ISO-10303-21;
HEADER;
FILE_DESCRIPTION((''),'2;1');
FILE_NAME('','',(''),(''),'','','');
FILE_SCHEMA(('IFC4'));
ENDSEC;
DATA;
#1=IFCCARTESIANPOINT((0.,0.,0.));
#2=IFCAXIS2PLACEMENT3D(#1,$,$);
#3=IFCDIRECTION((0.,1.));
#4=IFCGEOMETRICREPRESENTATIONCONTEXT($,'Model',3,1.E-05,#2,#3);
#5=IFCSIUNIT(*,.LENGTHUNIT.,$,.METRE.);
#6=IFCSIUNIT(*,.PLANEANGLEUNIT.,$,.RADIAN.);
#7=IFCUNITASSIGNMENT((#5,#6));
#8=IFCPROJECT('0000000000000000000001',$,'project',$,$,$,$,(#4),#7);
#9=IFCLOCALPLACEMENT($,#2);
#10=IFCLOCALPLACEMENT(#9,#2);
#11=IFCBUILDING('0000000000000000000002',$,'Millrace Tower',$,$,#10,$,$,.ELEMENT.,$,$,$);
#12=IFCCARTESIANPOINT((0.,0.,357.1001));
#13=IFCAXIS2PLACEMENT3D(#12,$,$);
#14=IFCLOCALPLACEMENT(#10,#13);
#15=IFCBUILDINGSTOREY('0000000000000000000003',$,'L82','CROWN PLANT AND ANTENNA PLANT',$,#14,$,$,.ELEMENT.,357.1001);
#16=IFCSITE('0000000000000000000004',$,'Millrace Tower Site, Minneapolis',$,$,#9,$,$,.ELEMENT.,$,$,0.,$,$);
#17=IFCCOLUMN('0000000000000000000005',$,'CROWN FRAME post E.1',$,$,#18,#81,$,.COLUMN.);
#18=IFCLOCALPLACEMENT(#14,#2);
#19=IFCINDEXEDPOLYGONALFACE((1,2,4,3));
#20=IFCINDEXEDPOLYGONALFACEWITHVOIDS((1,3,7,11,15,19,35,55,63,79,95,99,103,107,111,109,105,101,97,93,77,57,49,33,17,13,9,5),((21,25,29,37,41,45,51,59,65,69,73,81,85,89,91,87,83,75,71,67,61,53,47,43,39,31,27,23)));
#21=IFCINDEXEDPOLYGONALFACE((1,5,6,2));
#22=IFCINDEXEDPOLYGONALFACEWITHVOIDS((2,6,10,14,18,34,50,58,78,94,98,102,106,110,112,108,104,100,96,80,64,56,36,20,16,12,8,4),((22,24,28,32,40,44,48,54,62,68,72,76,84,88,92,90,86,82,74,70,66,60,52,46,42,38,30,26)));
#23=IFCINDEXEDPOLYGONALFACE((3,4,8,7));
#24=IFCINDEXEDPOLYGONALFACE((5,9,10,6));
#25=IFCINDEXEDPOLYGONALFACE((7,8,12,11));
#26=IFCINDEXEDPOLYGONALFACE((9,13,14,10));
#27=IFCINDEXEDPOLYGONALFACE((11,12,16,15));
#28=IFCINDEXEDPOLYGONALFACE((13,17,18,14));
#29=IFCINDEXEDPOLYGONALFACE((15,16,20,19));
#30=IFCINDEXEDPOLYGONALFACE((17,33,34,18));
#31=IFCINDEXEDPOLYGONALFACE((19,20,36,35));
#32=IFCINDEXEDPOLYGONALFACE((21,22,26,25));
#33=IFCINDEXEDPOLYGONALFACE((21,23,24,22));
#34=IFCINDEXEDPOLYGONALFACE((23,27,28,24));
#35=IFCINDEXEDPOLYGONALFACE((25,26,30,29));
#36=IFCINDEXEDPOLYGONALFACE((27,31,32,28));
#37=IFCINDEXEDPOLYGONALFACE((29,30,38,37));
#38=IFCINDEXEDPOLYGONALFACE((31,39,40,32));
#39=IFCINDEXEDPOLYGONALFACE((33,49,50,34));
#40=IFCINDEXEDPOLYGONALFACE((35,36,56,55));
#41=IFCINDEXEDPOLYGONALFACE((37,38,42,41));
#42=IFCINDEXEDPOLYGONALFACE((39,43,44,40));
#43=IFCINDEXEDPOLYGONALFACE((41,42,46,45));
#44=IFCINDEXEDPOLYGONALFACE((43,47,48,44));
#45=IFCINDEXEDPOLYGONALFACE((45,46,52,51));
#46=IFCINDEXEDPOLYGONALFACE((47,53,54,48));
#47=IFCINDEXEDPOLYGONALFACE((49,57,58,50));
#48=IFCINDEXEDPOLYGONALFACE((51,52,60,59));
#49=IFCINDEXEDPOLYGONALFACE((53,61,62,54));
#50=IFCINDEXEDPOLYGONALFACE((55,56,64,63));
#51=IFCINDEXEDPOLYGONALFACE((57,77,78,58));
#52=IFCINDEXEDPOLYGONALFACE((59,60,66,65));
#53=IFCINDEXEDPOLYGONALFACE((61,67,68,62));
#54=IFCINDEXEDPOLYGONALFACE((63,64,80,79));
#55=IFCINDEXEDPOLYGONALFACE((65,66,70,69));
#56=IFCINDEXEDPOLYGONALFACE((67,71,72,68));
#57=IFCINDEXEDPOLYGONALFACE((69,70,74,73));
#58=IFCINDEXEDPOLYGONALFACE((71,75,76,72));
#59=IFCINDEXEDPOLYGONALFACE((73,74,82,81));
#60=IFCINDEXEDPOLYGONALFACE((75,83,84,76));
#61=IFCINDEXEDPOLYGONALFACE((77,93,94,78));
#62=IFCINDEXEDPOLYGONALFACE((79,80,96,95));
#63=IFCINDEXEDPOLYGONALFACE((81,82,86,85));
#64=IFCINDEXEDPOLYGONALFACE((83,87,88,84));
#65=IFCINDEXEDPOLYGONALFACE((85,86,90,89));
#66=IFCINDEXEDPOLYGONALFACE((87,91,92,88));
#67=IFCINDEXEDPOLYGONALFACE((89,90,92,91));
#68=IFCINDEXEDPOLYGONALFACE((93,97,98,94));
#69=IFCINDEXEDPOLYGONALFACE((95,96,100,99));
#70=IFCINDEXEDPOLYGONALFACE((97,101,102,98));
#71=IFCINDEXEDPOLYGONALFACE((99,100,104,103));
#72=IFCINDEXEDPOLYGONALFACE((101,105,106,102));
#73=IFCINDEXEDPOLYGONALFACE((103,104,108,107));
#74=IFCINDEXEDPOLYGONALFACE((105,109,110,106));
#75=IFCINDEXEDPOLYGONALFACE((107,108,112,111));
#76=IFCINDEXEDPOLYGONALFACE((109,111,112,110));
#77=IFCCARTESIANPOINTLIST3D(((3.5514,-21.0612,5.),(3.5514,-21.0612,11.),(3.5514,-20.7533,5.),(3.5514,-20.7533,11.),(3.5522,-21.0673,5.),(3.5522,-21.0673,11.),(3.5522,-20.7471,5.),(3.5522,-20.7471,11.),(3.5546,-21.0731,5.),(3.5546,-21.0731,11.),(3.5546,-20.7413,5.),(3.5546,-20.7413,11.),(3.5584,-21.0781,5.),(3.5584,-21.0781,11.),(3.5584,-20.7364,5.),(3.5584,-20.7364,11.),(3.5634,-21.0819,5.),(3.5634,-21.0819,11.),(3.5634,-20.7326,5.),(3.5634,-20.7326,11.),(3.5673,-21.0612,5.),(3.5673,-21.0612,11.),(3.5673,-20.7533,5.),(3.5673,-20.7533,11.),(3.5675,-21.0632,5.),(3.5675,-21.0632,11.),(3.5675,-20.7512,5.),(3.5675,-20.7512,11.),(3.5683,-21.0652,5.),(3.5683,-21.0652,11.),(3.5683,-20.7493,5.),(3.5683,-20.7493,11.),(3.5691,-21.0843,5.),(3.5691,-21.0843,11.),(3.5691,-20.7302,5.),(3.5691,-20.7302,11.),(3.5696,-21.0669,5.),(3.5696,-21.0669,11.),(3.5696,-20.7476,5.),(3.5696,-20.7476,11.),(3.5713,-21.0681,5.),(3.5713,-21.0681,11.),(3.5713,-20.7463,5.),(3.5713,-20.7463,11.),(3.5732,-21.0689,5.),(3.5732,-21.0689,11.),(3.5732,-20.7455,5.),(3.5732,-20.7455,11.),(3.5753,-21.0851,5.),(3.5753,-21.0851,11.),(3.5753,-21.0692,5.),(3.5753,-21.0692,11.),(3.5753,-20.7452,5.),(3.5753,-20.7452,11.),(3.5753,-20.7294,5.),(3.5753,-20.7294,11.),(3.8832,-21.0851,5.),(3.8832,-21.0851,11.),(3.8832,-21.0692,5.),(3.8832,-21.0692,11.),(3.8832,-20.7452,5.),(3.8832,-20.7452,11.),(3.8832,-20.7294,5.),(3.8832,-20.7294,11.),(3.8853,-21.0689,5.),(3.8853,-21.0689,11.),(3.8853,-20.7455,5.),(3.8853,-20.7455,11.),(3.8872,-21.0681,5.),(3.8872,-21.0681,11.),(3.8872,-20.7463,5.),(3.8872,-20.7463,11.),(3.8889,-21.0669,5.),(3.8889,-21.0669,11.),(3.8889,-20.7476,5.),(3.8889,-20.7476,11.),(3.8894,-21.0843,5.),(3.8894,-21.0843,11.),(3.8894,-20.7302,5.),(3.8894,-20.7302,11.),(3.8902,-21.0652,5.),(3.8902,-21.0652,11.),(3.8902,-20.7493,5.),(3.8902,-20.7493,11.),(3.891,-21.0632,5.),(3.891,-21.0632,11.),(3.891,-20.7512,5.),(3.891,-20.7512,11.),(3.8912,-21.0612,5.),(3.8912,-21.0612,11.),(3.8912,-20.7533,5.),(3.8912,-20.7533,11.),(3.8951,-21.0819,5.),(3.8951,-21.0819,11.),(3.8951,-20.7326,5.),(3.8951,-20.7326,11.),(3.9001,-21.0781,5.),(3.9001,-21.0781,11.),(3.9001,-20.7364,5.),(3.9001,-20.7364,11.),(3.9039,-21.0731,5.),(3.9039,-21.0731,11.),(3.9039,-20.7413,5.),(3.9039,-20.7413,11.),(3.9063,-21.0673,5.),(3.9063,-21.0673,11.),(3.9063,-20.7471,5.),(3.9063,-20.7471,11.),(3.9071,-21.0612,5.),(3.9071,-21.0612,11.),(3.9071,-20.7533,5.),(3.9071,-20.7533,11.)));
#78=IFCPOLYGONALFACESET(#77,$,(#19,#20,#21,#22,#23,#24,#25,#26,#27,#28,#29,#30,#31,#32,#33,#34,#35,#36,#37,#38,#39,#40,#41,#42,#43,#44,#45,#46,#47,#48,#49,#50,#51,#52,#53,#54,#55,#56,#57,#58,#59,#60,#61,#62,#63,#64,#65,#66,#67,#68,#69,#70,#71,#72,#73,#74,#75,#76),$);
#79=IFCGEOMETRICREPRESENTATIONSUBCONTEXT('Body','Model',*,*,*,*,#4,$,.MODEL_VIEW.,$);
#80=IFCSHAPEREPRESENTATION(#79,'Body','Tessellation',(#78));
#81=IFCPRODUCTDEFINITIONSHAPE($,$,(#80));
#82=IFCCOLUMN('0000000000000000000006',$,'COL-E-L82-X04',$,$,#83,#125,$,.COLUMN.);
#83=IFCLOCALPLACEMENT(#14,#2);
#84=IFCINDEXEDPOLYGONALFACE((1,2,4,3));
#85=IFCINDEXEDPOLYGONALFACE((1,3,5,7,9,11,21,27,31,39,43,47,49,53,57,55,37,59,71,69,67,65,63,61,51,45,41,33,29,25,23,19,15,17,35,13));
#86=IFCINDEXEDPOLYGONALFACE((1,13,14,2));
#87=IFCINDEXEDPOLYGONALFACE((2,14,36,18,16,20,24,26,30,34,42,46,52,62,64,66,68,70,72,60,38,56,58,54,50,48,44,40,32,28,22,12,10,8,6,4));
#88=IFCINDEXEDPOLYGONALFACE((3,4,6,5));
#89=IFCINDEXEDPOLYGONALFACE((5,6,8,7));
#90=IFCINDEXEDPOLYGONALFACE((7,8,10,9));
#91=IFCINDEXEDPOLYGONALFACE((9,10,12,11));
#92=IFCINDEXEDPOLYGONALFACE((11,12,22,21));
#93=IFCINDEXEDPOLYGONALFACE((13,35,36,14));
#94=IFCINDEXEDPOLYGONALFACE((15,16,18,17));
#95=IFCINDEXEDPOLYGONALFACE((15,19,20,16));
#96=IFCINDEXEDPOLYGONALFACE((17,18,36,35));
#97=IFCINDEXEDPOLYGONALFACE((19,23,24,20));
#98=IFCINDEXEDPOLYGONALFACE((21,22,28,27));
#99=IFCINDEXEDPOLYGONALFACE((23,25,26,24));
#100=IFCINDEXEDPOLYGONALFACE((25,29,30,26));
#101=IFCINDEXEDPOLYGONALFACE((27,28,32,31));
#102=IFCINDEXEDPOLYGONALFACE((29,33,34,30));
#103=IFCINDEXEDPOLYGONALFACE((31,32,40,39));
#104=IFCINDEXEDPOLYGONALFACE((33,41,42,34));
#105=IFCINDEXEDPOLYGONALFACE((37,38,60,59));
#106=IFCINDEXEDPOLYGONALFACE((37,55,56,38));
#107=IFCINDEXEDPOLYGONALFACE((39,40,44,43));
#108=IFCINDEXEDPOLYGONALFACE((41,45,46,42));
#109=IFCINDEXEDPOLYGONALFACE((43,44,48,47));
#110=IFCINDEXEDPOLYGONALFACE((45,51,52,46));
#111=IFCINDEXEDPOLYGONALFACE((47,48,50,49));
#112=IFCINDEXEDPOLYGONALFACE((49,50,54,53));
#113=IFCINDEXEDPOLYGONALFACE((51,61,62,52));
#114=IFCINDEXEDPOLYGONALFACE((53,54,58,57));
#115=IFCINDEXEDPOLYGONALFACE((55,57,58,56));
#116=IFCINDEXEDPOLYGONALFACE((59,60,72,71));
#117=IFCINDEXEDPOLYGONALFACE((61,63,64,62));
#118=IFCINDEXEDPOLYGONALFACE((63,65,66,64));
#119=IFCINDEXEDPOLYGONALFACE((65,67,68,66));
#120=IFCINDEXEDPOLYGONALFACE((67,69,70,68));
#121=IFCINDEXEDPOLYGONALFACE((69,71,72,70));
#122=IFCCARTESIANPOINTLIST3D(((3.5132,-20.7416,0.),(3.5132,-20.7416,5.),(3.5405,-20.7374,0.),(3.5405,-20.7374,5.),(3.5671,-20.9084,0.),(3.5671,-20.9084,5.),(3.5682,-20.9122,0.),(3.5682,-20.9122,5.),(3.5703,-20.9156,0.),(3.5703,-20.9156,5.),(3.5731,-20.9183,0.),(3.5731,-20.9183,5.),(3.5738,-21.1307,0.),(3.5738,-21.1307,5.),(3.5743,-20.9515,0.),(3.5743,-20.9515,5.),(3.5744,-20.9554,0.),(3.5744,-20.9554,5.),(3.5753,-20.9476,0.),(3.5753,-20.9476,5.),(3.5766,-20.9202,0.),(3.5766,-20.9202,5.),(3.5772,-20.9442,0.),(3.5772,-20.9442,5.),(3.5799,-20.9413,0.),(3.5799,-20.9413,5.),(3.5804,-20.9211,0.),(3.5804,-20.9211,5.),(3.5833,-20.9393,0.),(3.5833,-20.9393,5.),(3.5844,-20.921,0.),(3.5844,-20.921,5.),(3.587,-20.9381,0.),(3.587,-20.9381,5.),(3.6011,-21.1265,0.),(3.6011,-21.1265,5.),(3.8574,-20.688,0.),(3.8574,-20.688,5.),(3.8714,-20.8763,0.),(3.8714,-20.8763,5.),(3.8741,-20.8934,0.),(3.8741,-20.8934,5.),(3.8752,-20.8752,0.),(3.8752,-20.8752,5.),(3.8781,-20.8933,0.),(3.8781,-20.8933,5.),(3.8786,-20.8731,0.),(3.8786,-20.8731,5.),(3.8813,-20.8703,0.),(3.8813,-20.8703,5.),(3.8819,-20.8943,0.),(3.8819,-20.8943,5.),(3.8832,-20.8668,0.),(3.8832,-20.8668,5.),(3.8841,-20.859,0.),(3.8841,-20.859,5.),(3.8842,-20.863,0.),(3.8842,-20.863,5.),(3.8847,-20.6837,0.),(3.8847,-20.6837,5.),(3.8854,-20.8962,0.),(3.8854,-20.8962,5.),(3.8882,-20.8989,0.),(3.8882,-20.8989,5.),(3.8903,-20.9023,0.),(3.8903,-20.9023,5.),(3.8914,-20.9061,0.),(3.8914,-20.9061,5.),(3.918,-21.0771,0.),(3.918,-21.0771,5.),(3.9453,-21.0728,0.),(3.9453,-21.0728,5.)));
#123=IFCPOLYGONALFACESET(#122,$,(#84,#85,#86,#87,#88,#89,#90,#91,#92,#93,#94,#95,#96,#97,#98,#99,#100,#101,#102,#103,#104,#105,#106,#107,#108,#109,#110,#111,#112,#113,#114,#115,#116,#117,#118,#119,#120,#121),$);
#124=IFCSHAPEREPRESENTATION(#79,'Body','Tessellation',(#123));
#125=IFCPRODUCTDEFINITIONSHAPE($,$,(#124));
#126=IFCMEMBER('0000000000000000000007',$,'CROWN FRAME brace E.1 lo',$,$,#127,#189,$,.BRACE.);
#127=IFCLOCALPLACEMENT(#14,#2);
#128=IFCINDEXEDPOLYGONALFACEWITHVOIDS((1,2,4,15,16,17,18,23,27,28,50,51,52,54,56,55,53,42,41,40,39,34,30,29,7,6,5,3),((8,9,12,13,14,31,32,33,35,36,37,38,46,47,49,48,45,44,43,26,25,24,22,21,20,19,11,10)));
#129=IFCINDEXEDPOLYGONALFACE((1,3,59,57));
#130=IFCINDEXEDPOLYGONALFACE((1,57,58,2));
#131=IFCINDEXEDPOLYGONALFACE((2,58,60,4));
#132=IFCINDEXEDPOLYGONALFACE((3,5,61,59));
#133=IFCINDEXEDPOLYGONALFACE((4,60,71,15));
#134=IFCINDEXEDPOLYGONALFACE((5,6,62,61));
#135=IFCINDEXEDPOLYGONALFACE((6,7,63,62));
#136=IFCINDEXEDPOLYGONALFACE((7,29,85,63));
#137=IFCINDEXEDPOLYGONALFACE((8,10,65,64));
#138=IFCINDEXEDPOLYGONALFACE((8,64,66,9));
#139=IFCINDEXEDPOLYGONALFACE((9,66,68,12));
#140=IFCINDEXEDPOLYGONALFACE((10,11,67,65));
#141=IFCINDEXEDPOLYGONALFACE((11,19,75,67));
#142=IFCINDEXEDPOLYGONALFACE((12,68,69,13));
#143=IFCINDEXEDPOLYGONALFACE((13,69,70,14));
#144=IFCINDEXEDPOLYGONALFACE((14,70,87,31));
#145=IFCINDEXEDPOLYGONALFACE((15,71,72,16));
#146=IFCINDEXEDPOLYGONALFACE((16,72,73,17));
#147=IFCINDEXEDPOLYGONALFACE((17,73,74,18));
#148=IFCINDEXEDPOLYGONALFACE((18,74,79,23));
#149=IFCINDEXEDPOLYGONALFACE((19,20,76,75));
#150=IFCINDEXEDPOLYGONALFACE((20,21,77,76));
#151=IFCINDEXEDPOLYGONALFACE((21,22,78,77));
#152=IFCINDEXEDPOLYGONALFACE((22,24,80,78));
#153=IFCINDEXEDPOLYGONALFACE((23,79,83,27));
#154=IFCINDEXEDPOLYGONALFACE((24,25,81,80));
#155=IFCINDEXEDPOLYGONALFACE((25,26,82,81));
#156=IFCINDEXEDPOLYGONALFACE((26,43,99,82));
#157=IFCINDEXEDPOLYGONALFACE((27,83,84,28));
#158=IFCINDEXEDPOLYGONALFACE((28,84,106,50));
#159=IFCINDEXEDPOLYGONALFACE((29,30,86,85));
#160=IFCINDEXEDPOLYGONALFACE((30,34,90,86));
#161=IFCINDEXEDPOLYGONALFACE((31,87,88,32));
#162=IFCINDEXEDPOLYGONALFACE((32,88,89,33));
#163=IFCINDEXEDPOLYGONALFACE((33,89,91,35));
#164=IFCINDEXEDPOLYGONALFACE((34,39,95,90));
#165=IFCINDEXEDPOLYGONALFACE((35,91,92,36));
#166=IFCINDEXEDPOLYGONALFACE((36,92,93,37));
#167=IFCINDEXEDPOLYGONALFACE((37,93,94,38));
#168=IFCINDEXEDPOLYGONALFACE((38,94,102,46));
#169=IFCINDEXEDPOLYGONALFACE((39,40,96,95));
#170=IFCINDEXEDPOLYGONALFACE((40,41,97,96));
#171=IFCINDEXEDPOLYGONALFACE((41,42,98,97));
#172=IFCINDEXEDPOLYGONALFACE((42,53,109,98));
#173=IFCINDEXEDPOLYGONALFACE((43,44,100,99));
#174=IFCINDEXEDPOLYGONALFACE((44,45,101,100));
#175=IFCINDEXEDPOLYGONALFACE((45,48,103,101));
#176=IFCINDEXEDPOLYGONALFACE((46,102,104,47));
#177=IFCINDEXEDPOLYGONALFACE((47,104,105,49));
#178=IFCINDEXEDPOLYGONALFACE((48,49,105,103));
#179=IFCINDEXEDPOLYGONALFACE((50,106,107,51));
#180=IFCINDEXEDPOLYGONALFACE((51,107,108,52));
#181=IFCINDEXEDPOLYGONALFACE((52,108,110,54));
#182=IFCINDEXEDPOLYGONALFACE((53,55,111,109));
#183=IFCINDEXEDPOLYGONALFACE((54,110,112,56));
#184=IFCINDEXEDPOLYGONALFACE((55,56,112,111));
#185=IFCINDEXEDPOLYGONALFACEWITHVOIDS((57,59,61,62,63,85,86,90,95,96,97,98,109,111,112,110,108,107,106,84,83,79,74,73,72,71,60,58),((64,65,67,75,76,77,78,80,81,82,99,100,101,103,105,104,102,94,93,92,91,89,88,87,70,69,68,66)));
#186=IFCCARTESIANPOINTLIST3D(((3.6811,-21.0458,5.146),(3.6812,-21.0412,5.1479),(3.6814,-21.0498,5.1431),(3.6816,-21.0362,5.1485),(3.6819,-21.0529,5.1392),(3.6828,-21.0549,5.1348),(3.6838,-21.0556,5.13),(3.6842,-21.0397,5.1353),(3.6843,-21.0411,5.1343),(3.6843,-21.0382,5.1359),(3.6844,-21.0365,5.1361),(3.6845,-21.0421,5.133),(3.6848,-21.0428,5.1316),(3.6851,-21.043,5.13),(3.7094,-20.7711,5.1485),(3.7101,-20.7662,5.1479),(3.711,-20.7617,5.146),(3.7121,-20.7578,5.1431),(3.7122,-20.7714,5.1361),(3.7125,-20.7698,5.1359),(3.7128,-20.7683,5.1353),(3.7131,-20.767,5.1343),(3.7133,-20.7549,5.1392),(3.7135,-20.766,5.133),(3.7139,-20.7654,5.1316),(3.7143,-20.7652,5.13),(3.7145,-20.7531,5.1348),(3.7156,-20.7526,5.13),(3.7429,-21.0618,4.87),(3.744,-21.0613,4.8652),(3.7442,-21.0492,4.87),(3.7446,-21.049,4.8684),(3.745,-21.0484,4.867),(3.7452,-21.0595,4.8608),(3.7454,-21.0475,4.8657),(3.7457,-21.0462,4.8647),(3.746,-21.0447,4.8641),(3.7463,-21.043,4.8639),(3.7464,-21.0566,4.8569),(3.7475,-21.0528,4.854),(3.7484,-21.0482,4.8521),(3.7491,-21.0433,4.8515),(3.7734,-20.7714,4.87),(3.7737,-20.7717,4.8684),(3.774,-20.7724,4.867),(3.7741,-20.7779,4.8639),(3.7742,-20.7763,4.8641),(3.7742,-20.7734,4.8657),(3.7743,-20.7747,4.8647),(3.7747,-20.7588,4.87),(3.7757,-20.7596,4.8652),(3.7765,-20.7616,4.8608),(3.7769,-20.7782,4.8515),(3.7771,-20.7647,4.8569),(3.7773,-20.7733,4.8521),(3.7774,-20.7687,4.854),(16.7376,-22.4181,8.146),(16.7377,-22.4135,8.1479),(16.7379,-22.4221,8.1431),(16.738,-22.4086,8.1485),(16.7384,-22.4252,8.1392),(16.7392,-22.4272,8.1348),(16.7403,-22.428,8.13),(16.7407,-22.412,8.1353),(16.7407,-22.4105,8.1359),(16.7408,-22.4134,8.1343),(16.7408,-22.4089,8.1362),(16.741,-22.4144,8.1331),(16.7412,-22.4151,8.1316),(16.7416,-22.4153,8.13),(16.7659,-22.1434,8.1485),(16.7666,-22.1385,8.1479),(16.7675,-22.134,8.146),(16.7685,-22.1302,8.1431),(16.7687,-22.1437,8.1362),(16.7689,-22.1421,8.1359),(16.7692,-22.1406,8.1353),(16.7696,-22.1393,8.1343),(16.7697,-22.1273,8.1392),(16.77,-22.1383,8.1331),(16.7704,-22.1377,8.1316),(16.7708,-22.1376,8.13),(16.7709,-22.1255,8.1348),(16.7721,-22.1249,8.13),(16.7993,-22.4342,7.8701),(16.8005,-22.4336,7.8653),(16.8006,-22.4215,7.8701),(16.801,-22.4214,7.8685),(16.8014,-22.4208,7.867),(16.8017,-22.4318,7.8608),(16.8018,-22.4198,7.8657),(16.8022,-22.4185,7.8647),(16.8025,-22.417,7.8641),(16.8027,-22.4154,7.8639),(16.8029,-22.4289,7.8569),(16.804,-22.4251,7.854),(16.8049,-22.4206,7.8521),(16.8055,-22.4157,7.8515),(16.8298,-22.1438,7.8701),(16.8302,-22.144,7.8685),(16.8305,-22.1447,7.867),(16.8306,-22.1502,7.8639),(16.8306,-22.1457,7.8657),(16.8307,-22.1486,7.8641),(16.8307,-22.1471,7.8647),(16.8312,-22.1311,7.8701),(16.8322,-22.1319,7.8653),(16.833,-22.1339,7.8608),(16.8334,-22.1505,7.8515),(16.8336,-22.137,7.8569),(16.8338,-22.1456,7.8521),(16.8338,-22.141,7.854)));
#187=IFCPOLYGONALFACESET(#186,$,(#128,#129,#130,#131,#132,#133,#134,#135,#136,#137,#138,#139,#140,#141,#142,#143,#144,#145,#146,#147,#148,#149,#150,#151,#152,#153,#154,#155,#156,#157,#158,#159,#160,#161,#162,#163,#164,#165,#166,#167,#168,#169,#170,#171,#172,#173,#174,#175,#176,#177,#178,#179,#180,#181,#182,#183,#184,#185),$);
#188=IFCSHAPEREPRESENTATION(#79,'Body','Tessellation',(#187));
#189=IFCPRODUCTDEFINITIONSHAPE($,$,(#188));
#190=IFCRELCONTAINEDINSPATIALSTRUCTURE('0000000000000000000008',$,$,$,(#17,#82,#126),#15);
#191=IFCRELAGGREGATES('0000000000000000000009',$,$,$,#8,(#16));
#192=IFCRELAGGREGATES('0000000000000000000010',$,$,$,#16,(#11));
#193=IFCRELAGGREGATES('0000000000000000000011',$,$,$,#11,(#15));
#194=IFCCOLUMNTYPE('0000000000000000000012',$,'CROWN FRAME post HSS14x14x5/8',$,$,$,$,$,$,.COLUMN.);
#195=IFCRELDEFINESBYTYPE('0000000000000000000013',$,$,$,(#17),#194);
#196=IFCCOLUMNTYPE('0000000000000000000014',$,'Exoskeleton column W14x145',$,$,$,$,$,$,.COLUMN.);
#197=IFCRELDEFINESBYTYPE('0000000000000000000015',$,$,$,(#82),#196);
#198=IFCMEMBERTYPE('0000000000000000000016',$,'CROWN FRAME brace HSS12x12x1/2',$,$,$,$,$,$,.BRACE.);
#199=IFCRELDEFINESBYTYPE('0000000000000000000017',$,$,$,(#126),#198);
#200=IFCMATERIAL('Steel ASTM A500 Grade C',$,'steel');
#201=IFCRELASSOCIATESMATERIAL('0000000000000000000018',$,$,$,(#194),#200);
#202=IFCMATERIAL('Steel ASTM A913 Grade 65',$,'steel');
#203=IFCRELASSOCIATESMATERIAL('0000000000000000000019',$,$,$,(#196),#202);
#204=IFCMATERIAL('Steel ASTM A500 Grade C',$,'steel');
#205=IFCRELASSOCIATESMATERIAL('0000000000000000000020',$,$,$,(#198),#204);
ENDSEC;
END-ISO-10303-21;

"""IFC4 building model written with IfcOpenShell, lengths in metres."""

from ifc_helpers import new_model, si_unit, direction, frame, origin, origin_2d, place, context, subcontext, project, spatial, hollow_rectangle, i_section, extrude, material, material_profile, profile_set, type_object, element, save


model = new_model("IFC4")

# Units and contexts
model_context = context("Model", 3, precision=1e-05, world=origin(), true_north=direction((0.0, 1.0)))
body_context = subcontext(model_context, "Body", "Model", "MODEL_VIEW")
ifc_project = project(units=[si_unit("LENGTHUNIT", "METRE"), si_unit("PLANEANGLEUNIT", "RADIAN")], contexts=[model_context])

# Site, building, storey
site_placement = place(None, origin())
site = spatial("IfcSite", under=ifc_project, at=site_placement, Name="Millrace Tower Site, Minneapolis", CompositionType="ELEMENT", RefElevation=0.0)
building_placement = place(site_placement, origin())
building = spatial("IfcBuilding", under=site, at=building_placement, Name="Millrace Tower", CompositionType="ELEMENT")
storey_placement = place(building_placement, frame((0.0, 0.0, 357.1001)))
storey = spatial("IfcBuildingStorey", under=building, at=storey_placement, Name="L82", Description="CROWN PLANT AND ANTENNA PLANT", CompositionType="ELEMENT", Elevation=357.1001)

# Columns
ifc_material_1 = material(Name="Steel ASTM A500 Grade C", Category="steel")
ifc_material_profile_1 = material_profile(ifc_material_1, hollow_rectangle(XDim=0.3557, YDim=0.3557, WallThickness=0.0159, InnerFilletRadius=0.0081, OuterFilletRadius=0.0239, at=origin_2d()))
ifc_profile_set_1 = profile_set([ifc_material_profile_1], Name="Steel ASTM A500 Grade C")
column_type_1 = type_object("IfcColumnType", Name="CROWN FRAME post HSS14x14x5/8", PredefinedType="COLUMN", material=ifc_profile_set_1)
column_1_placement = place(storey_placement, frame((3.7292, -20.9072, 5.0), z_axis=(0.0, 0.0, 1.0), x_axis=(1.0, 0.0, 0.0)))
element("IfcColumn", 1, at=column_1_placement, inside=storey, type_object=column_type_1, Name="CROWN FRAME post E.1", PredefinedType="COLUMN", context=body_context, shape_type="SweptSolid", body=[
    extrude(hollow_rectangle(XDim=0.3557, YDim=0.3557, WallThickness=0.0159, InnerFilletRadius=0.0081, OuterFilletRadius=0.0239, at=origin_2d()), origin(), (0.0, 0.0, 1.0), 6.0),
])
ifc_material_2 = material(Name="Steel ASTM A913 Grade 65", Category="steel")
ifc_material_profile_2 = material_profile(ifc_material_2, i_section(OverallWidth=0.3938, OverallDepth=0.376, WebThickness=0.0173, FlangeThickness=0.0276, FilletRadius=0.0151, at=origin_2d()))
ifc_profile_set_2 = profile_set([ifc_material_profile_2], Name="Steel ASTM A913 Grade 65")
column_type_2 = type_object("IfcColumnType", Name="Exoskeleton column W14x145", PredefinedType="COLUMN", material=ifc_profile_set_2)
column_2_placement = place(storey_placement, frame((3.7292, -20.9072, 0.0), z_axis=(0.0, 0.0, 1.0), x_axis=(0.153918, -0.988084, 0.0)))
element("IfcColumn", 2, at=column_2_placement, inside=storey, type_object=column_type_2, Name="COL-E-L82-X04", PredefinedType="COLUMN", context=body_context, shape_type="SweptSolid", body=[
    extrude(i_section(OverallWidth=0.3938, OverallDepth=0.376, WebThickness=0.0173, FlangeThickness=0.0276, FilletRadius=0.0151, at=origin_2d()), origin(), (0.0, 0.0, 1.0), 5.0),
])

# Member
ifc_material_3 = material(Name="Steel ASTM A500 Grade C", Category="steel")
ifc_material_profile_3 = material_profile(ifc_material_3, hollow_rectangle(XDim=0.3047, YDim=0.3047, WallThickness=0.0127, InnerFilletRadius=0.0063, OuterFilletRadius=0.019, at=origin_2d()))
ifc_profile_set_3 = profile_set([ifc_material_profile_3], Name="Steel ASTM A500 Grade C")
member_type_1 = type_object("IfcMemberType", Name="CROWN FRAME brace HSS12x12x1/2", PredefinedType="BRACE", material=ifc_profile_set_3)
member_1_placement = place(storey_placement, frame((3.7292, -20.9072, 5.0), z_axis=(0.96953, -0.101904, 0.222771), x_axis=(0.104531, 0.994522, 0.0)))
element("IfcMember", 3, at=member_1_placement, inside=storey, type_object=member_type_1, Name="CROWN FRAME brace E.1 lo", PredefinedType="BRACE", context=body_context, shape_type="SweptSolid", body=[
    extrude(hollow_rectangle(XDim=0.3047, YDim=0.3047, WallThickness=0.0127, InnerFilletRadius=0.0063, OuterFilletRadius=0.019, at=origin_2d()), origin(), (0.0, 0.0, 1.0), 13.4668),
])

save(model, "model.ifc")
